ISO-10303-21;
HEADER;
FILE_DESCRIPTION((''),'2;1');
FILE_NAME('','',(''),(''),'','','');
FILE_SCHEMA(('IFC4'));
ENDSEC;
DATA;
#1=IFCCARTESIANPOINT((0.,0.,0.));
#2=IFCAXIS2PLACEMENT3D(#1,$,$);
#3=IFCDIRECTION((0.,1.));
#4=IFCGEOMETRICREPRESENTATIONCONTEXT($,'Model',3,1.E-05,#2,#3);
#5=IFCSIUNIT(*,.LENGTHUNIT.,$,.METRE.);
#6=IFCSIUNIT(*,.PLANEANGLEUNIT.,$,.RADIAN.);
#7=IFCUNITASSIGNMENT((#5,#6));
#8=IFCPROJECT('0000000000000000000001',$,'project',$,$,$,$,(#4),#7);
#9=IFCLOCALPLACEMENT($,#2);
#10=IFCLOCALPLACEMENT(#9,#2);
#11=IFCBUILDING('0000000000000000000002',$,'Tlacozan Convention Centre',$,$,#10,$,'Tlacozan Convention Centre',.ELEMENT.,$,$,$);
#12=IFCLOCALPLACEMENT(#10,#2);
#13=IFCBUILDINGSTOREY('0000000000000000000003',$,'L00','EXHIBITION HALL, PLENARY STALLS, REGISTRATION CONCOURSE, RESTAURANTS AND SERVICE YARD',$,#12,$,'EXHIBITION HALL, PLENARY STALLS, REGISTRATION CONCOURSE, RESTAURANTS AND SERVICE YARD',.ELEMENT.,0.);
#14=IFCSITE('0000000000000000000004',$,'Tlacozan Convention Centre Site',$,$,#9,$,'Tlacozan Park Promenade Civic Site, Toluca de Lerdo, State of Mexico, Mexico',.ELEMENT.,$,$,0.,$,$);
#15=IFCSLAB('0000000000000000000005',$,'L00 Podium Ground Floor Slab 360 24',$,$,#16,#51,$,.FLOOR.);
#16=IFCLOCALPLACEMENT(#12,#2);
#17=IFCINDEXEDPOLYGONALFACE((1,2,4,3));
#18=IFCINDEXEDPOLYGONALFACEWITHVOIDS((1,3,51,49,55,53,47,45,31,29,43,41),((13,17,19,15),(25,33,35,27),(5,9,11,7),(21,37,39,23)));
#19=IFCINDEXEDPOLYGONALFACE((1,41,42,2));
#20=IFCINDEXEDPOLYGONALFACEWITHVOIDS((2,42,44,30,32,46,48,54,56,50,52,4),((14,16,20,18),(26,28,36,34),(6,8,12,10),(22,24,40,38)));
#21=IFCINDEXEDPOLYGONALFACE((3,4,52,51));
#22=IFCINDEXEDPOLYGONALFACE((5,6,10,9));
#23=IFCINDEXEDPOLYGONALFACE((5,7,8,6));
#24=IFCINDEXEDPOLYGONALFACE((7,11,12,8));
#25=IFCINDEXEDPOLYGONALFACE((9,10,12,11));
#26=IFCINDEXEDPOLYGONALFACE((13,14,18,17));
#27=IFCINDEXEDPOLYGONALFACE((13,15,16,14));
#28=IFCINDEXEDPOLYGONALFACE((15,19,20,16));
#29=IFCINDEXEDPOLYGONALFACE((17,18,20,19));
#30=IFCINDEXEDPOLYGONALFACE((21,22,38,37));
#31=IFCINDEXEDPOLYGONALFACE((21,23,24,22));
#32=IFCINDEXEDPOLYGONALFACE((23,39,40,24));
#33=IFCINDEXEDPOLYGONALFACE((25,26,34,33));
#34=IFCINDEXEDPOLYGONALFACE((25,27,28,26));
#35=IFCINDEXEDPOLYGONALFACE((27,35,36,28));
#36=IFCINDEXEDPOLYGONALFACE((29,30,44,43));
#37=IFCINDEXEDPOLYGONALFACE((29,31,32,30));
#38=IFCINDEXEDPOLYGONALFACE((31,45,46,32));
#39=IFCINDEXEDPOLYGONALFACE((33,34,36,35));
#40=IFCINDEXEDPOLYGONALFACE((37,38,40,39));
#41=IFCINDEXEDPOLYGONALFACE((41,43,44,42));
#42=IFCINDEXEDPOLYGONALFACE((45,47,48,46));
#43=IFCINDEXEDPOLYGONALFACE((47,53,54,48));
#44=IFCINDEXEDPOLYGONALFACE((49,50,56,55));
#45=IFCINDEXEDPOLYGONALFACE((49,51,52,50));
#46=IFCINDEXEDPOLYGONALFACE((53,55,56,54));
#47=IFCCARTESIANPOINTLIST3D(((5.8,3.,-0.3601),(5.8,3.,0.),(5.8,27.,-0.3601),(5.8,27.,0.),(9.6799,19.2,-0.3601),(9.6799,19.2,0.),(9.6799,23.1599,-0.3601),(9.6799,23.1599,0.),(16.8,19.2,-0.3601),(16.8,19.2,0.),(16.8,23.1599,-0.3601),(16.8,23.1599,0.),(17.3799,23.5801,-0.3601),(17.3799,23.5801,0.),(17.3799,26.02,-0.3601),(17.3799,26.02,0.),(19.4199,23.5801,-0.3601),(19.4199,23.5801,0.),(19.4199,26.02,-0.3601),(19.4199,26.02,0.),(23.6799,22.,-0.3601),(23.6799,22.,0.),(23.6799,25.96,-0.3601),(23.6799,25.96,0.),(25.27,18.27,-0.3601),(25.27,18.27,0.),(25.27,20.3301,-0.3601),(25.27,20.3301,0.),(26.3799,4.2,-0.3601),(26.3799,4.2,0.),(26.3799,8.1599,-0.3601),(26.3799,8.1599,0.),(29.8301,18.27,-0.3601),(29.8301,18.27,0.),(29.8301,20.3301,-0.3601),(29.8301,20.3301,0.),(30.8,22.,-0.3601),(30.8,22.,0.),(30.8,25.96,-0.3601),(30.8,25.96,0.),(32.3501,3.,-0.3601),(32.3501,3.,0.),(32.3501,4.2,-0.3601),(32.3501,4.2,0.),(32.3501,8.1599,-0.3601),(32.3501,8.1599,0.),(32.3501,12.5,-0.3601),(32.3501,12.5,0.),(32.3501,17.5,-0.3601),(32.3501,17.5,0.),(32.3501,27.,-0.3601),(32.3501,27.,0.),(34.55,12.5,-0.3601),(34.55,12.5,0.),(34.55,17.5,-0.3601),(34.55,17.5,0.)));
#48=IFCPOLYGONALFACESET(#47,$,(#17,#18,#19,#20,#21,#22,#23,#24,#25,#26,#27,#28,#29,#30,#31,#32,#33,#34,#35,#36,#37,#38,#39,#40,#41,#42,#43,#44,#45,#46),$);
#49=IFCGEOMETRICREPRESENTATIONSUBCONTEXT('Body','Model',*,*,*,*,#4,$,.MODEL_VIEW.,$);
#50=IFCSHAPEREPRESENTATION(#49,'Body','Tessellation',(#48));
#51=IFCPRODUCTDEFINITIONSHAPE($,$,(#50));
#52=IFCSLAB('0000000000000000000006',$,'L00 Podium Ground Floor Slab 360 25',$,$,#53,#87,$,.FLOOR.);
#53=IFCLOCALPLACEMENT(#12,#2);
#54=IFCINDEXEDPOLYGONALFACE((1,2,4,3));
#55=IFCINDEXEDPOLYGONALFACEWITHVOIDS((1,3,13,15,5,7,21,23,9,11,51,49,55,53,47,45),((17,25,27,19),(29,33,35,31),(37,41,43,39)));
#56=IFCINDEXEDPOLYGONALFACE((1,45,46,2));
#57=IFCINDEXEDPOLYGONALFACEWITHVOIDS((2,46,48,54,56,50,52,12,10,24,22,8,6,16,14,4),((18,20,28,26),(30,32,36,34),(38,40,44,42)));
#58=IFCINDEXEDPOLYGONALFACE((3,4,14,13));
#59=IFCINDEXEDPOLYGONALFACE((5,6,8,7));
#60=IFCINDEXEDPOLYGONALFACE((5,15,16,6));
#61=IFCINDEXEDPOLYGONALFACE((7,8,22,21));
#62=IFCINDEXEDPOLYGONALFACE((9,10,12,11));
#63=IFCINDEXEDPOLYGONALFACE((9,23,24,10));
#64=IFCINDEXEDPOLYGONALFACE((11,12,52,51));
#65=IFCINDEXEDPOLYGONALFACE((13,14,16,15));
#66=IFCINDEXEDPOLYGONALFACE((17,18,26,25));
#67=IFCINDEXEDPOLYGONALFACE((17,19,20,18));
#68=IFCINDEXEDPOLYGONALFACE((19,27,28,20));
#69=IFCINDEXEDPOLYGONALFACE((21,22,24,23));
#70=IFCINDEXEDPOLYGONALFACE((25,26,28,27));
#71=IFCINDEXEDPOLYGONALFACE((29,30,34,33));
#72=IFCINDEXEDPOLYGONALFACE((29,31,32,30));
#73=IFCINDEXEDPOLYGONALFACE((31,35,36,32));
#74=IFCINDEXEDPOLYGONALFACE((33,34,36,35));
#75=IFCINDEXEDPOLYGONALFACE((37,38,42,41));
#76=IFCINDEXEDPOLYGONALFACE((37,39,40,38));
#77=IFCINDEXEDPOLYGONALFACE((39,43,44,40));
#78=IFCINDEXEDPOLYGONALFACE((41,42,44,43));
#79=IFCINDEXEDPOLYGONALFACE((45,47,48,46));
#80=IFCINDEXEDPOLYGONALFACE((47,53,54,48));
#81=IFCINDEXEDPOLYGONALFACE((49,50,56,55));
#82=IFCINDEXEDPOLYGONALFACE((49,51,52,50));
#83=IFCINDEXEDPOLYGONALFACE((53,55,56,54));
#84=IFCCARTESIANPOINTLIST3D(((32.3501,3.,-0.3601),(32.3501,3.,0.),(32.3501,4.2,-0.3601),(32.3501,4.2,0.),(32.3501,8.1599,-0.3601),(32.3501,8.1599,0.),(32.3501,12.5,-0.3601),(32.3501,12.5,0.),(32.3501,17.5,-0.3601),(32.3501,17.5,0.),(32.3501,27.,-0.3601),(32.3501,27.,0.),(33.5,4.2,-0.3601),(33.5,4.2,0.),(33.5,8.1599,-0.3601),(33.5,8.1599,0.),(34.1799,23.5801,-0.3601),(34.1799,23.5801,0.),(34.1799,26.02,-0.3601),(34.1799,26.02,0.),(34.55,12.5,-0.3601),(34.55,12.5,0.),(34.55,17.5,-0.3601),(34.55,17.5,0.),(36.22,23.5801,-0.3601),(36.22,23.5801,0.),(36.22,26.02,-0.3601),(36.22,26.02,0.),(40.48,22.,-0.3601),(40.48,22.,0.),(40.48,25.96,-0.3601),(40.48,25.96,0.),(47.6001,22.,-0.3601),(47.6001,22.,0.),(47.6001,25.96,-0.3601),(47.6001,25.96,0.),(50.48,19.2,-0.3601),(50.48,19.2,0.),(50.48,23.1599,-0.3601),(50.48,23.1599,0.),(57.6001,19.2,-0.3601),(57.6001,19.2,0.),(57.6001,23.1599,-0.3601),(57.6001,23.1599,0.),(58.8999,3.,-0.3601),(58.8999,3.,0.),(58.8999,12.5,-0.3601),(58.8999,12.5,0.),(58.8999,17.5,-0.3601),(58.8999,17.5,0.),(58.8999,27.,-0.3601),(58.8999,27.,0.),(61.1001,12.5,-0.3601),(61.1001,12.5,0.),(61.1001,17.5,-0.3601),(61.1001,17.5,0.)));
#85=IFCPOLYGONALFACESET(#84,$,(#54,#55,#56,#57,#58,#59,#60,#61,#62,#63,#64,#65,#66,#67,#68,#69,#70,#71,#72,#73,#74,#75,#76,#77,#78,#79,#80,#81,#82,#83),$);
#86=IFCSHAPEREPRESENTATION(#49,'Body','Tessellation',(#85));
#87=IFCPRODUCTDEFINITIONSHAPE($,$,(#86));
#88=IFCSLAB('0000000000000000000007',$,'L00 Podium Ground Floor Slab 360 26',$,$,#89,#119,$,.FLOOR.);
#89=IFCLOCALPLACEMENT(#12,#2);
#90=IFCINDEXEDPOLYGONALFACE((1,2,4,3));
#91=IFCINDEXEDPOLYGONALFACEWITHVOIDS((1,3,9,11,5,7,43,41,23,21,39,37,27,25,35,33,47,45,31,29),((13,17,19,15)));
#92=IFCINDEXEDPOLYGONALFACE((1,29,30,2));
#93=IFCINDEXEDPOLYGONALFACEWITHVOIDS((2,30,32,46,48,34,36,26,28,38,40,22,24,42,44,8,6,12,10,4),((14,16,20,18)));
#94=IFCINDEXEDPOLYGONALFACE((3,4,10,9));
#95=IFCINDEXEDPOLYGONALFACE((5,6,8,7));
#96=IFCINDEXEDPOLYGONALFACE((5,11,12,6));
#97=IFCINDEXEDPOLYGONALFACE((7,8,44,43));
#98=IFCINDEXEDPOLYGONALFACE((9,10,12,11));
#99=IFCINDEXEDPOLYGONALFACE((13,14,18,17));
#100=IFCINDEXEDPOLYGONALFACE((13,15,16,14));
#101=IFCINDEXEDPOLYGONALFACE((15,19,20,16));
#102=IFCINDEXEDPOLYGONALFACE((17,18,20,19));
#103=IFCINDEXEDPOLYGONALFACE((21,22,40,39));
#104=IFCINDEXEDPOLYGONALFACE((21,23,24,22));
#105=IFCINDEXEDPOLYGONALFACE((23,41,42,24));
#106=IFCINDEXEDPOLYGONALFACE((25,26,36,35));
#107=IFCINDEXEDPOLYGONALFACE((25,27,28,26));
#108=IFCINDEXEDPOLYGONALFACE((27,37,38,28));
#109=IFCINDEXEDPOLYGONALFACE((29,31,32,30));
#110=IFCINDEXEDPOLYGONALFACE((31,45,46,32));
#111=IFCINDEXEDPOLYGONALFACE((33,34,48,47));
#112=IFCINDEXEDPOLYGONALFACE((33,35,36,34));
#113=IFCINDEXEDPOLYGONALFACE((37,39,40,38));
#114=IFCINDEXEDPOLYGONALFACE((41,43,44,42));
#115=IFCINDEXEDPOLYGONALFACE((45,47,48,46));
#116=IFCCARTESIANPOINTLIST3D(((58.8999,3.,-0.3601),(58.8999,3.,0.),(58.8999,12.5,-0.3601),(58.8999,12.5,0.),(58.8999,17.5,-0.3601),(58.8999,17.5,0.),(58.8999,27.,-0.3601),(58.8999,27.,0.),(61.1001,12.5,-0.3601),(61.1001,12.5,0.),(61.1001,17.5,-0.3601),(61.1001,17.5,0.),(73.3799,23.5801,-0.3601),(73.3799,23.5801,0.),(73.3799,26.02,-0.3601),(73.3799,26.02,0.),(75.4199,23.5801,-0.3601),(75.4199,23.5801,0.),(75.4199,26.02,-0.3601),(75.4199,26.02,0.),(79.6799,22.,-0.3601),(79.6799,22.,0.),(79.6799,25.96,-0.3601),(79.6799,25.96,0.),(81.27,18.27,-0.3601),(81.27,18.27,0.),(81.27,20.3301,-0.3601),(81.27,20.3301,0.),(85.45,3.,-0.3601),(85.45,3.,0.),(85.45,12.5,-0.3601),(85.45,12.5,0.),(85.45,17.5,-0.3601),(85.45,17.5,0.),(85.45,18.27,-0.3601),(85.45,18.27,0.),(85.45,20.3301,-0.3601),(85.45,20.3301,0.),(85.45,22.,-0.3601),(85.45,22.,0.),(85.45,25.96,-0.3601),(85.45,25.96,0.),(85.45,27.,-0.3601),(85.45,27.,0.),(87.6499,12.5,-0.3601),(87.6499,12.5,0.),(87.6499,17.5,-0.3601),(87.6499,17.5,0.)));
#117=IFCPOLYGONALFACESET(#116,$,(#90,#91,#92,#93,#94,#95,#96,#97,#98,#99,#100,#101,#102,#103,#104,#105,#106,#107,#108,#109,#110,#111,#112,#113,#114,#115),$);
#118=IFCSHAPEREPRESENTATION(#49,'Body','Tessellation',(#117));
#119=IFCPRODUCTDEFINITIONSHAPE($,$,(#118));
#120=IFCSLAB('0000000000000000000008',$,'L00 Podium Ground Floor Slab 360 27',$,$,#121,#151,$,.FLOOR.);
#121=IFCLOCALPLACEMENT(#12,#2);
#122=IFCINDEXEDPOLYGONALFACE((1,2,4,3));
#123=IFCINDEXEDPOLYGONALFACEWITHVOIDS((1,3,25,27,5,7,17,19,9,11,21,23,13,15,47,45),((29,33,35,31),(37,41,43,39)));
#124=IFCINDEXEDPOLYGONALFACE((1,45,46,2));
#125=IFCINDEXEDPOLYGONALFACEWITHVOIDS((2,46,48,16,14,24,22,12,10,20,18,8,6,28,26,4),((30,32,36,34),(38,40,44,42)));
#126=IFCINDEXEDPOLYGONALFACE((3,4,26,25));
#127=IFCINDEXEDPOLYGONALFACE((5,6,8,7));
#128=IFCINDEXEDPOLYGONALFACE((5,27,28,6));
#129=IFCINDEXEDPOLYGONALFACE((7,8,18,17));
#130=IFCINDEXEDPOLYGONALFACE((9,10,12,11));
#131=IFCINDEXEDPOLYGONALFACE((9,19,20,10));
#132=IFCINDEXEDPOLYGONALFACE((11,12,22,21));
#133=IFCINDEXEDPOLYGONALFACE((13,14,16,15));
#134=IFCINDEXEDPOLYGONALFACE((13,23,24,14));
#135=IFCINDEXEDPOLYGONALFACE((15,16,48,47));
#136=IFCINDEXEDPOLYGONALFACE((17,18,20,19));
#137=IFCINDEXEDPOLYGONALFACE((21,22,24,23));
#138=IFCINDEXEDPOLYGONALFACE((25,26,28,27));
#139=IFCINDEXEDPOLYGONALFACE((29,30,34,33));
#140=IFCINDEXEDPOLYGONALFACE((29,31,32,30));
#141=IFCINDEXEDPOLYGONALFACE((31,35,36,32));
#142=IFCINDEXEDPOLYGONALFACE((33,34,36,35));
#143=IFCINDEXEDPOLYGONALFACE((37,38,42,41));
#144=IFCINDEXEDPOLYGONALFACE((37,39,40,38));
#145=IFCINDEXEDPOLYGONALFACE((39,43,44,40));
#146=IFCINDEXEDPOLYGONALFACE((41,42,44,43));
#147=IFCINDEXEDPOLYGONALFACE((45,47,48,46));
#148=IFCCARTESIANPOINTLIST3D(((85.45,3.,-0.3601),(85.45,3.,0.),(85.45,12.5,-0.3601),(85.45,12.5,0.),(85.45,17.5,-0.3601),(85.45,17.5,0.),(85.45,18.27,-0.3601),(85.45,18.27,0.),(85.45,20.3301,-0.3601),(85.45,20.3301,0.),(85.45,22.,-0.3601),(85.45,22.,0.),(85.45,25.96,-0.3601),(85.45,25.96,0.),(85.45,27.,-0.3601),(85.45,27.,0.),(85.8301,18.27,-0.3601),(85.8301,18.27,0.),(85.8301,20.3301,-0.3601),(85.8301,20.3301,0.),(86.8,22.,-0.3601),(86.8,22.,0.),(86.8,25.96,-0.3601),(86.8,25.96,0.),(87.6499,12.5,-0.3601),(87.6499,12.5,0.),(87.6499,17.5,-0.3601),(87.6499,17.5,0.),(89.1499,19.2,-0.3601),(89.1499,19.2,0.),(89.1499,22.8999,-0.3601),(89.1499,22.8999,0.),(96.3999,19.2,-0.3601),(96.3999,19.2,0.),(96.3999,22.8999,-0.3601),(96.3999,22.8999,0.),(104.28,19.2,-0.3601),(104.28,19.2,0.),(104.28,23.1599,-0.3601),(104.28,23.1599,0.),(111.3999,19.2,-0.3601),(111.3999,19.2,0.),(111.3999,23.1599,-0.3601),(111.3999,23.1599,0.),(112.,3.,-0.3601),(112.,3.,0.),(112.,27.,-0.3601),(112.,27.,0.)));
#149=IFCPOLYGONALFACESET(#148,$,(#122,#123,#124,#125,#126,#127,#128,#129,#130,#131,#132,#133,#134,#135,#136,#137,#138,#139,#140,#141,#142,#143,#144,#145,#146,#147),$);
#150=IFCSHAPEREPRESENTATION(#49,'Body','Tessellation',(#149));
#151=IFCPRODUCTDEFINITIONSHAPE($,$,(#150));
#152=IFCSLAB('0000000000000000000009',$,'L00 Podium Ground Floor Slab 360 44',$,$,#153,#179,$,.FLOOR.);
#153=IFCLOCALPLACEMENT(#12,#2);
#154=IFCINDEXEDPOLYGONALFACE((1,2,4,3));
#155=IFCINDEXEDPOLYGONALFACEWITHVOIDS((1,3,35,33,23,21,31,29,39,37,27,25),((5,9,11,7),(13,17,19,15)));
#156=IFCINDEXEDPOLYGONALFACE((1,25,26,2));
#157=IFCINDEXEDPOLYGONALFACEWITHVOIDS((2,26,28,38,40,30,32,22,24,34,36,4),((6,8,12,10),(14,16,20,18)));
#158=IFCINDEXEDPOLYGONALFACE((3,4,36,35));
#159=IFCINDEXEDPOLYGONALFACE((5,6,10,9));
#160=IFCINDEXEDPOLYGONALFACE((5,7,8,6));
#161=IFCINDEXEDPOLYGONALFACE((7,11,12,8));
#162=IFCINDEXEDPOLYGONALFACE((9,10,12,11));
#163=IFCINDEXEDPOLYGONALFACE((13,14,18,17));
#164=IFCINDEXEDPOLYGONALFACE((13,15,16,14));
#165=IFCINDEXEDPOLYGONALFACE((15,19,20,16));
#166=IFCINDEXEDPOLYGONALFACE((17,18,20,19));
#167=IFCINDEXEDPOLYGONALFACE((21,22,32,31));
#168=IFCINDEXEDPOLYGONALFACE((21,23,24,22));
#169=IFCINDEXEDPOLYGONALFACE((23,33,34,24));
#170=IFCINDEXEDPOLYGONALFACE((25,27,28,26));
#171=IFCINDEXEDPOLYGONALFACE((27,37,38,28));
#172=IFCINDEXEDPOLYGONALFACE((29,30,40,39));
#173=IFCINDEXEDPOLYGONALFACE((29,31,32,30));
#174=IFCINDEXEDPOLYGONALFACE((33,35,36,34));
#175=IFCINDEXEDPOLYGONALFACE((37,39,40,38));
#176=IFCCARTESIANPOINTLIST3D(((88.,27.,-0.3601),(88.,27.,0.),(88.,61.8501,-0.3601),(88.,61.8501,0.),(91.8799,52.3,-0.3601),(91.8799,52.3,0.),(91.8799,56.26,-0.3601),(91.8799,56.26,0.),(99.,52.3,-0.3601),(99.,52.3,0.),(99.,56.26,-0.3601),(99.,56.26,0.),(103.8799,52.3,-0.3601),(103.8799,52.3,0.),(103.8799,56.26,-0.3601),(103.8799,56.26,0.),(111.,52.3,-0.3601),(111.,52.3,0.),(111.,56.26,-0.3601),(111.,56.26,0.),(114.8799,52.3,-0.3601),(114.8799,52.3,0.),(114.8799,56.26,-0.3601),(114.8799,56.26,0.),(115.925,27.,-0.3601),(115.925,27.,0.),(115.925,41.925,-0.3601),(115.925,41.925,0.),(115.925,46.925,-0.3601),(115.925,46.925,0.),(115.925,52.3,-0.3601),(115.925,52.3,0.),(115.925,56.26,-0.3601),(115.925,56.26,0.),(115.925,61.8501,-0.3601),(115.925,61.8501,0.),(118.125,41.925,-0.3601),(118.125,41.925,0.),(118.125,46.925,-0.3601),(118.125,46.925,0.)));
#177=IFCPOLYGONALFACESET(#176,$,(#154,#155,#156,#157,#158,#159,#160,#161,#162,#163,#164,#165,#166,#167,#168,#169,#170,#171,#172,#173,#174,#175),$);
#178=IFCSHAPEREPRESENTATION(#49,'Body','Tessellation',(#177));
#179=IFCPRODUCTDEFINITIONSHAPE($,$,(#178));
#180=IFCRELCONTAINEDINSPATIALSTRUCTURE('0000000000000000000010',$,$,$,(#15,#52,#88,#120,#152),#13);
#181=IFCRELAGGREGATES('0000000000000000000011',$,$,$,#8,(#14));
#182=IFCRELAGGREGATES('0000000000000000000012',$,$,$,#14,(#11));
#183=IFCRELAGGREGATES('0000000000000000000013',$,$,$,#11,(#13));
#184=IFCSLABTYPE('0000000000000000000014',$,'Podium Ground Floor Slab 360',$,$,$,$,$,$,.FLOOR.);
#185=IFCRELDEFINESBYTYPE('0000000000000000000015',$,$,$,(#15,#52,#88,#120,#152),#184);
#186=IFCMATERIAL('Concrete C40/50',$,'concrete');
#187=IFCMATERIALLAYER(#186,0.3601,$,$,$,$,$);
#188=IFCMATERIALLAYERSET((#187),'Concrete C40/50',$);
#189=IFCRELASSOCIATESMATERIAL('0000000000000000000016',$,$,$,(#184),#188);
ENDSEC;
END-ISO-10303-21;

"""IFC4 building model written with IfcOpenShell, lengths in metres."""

from ifc_helpers import new_model, si_unit, direction, frame, origin, place, context, subcontext, project, spatial, polyline, outline, extrude, material, layer, layer_set, type_object, element, save


model = new_model("IFC4")

# Units and contexts
model_context = context("Model", 3, precision=1e-05, world=origin(), true_north=direction((0.0, 1.0)))
body_context = subcontext(model_context, "Body", "Model", "MODEL_VIEW")
ifc_project = project(units=[si_unit("LENGTHUNIT", "METRE"), si_unit("PLANEANGLEUNIT", "RADIAN")], contexts=[model_context])

# Site, building, storey
site_placement = place(None, origin())
site = spatial("IfcSite", under=ifc_project, at=site_placement, Name="Tlacozan Convention Centre Site", LongName="Tlacozan Park Promenade Civic Site, Toluca de Lerdo, State of Mexico, Mexico", CompositionType="ELEMENT", RefElevation=0.0)
building_placement = place(site_placement, origin())
building = spatial("IfcBuilding", under=site, at=building_placement, Name="Tlacozan Convention Centre", LongName="Tlacozan Convention Centre", CompositionType="ELEMENT")
storey_placement = place(building_placement, origin())
storey = spatial("IfcBuildingStorey", under=building, at=storey_placement, Name="L00", Description="EXHIBITION HALL, PLENARY STALLS, REGISTRATION CONCOURSE, RESTAURANTS AND SERVICE YARD", LongName="EXHIBITION HALL, PLENARY STALLS, REGISTRATION CONCOURSE, RESTAURANTS AND SERVICE YARD", CompositionType="ELEMENT", Elevation=0.0)

# Slabs
ifc_material = material(Name="Concrete C40/50", Category="concrete")
ifc_layer_1 = layer(ifc_material, 0.3601)
ifc_layer_set_1 = layer_set([ifc_layer_1], Name="Concrete C40/50")
slab_type_1 = type_object("IfcSlabType", Name="Podium Ground Floor Slab 360", PredefinedType="FLOOR", material=ifc_layer_set_1)
slab_1_placement = place(storey_placement, frame((0.0, 0.0, -0.3601)))
element("IfcSlab", 1, at=slab_1_placement, inside=storey, type_object=slab_type_1, Name="L00 Podium Ground Floor Slab 360 24", PredefinedType="FLOOR", context=body_context, shape_type="SweptSolid", body=[
    extrude(outline(polyline([(5.8, 3.0), (5.8, 27.0), (32.3501, 27.0), (32.3501, 17.5), (34.55, 17.5), (34.55, 12.5), (32.3501, 12.5), (32.3501, 8.1599), (26.3799, 8.1599), (26.3799, 4.2), (32.3501, 4.2), (32.3501, 3.0), (5.8, 3.0)]), holes=[polyline([(29.8301, 18.27), (29.8301, 20.3301), (25.27, 20.3301), (25.27, 18.27), (29.8301, 18.27)]), polyline([(9.6799, 19.2), (16.8, 19.2), (16.8, 23.1599), (9.6799, 23.1599), (9.6799, 19.2)]), polyline([(23.6799, 22.0), (30.8, 22.0), (30.8, 25.96), (23.6799, 25.96), (23.6799, 22.0)]), polyline([(19.4199, 26.02), (17.3799, 26.02), (17.3799, 23.5801), (19.4199, 23.5801), (19.4199, 26.02)])]), origin(), (0.0, 0.0, 1.0), 0.3601),
])
slab_2_placement = place(storey_placement, frame((0.0, 0.0, -0.3601)))
element("IfcSlab", 2, at=slab_2_placement, inside=storey, type_object=slab_type_1, Name="L00 Podium Ground Floor Slab 360 25", PredefinedType="FLOOR", context=body_context, shape_type="SweptSolid", body=[
    extrude(outline(polyline([(32.3501, 4.2), (33.5, 4.2), (33.5, 8.1599), (32.3501, 8.1599), (32.3501, 12.5), (34.55, 12.5), (34.55, 17.5), (32.3501, 17.5), (32.3501, 27.0), (58.8999, 27.0), (58.8999, 17.5), (61.1001, 17.5), (61.1001, 12.5), (58.8999, 12.5), (58.8999, 3.0), (32.3501, 3.0), (32.3501, 4.2)]), holes=[polyline([(57.6001, 19.2), (57.6001, 23.1599), (50.48, 23.1599), (50.48, 19.2), (57.6001, 19.2)]), polyline([(40.48, 22.0), (47.6001, 22.0), (47.6001, 25.96), (40.48, 25.96), (40.48, 22.0)]), polyline([(36.22, 23.5801), (36.22, 26.02), (34.1799, 26.02), (34.1799, 23.5801), (36.22, 23.5801)])]), origin(), (0.0, 0.0, 1.0), 0.3601),
])
slab_3_placement = place(storey_placement, frame((0.0, 0.0, -0.3601)))
element("IfcSlab", 3, at=slab_3_placement, inside=storey, type_object=slab_type_1, Name="L00 Podium Ground Floor Slab 360 26", PredefinedType="FLOOR", context=body_context, shape_type="SweptSolid", body=[
    extrude(outline(polyline([(58.8999, 12.5), (61.1001, 12.5), (61.1001, 17.5), (58.8999, 17.5), (58.8999, 27.0), (85.45, 27.0), (85.45, 25.96), (79.6799, 25.96), (79.6799, 22.0), (85.45, 22.0), (85.45, 20.3301), (81.27, 20.3301), (81.27, 18.27), (85.45, 18.27), (85.45, 17.5), (87.6499, 17.5), (87.6499, 12.5), (85.45, 12.5), (85.45, 3.0), (58.8999, 3.0), (58.8999, 12.5)]), holes=[polyline([(75.4199, 23.5801), (75.4199, 26.02), (73.3799, 26.02), (73.3799, 23.5801), (75.4199, 23.5801)])]), origin(), (0.0, 0.0, 1.0), 0.3601),
])
slab_4_placement = place(storey_placement, frame((0.0, 0.0, -0.3601)))
element("IfcSlab", 4, at=slab_4_placement, inside=storey, type_object=slab_type_1, Name="L00 Podium Ground Floor Slab 360 27", PredefinedType="FLOOR", context=body_context, shape_type="SweptSolid", body=[
    extrude(outline(polyline([(112.0, 27.0), (112.0, 3.0), (85.45, 3.0), (85.45, 12.5), (87.6499, 12.5), (87.6499, 17.5), (85.45, 17.5), (85.45, 18.27), (85.8301, 18.27), (85.8301, 20.3301), (85.45, 20.3301), (85.45, 22.0), (86.8, 22.0), (86.8, 25.96), (85.45, 25.96), (85.45, 27.0), (112.0, 27.0)]), holes=[polyline([(96.3999, 19.2), (96.3999, 22.8999), (89.1499, 22.8999), (89.1499, 19.2), (96.3999, 19.2)]), polyline([(104.28, 19.2), (111.3999, 19.2), (111.3999, 23.1599), (104.28, 23.1599), (104.28, 19.2)])]), origin(), (0.0, 0.0, 1.0), 0.3601),
])
slab_5_placement = place(storey_placement, frame((0.0, 0.0, -0.3601)))
element("IfcSlab", 5, at=slab_5_placement, inside=storey, type_object=slab_type_1, Name="L00 Podium Ground Floor Slab 360 44", PredefinedType="FLOOR", context=body_context, shape_type="SweptSolid", body=[
    extrude(outline(polyline([(88.0, 27.0), (88.0, 61.8501), (115.925, 61.8501), (115.925, 56.26), (114.8799, 56.26), (114.8799, 52.3), (115.925, 52.3), (115.925, 46.925), (118.125, 46.925), (118.125, 41.925), (115.925, 41.925), (115.925, 27.0), (88.0, 27.0)]), holes=[polyline([(91.8799, 52.3), (99.0, 52.3), (99.0, 56.26), (91.8799, 56.26), (91.8799, 52.3)]), polyline([(103.8799, 52.3), (111.0, 52.3), (111.0, 56.26), (103.8799, 56.26), (103.8799, 52.3)])]), origin(), (0.0, 0.0, 1.0), 0.3601),
])

save(model, "model.ifc")
